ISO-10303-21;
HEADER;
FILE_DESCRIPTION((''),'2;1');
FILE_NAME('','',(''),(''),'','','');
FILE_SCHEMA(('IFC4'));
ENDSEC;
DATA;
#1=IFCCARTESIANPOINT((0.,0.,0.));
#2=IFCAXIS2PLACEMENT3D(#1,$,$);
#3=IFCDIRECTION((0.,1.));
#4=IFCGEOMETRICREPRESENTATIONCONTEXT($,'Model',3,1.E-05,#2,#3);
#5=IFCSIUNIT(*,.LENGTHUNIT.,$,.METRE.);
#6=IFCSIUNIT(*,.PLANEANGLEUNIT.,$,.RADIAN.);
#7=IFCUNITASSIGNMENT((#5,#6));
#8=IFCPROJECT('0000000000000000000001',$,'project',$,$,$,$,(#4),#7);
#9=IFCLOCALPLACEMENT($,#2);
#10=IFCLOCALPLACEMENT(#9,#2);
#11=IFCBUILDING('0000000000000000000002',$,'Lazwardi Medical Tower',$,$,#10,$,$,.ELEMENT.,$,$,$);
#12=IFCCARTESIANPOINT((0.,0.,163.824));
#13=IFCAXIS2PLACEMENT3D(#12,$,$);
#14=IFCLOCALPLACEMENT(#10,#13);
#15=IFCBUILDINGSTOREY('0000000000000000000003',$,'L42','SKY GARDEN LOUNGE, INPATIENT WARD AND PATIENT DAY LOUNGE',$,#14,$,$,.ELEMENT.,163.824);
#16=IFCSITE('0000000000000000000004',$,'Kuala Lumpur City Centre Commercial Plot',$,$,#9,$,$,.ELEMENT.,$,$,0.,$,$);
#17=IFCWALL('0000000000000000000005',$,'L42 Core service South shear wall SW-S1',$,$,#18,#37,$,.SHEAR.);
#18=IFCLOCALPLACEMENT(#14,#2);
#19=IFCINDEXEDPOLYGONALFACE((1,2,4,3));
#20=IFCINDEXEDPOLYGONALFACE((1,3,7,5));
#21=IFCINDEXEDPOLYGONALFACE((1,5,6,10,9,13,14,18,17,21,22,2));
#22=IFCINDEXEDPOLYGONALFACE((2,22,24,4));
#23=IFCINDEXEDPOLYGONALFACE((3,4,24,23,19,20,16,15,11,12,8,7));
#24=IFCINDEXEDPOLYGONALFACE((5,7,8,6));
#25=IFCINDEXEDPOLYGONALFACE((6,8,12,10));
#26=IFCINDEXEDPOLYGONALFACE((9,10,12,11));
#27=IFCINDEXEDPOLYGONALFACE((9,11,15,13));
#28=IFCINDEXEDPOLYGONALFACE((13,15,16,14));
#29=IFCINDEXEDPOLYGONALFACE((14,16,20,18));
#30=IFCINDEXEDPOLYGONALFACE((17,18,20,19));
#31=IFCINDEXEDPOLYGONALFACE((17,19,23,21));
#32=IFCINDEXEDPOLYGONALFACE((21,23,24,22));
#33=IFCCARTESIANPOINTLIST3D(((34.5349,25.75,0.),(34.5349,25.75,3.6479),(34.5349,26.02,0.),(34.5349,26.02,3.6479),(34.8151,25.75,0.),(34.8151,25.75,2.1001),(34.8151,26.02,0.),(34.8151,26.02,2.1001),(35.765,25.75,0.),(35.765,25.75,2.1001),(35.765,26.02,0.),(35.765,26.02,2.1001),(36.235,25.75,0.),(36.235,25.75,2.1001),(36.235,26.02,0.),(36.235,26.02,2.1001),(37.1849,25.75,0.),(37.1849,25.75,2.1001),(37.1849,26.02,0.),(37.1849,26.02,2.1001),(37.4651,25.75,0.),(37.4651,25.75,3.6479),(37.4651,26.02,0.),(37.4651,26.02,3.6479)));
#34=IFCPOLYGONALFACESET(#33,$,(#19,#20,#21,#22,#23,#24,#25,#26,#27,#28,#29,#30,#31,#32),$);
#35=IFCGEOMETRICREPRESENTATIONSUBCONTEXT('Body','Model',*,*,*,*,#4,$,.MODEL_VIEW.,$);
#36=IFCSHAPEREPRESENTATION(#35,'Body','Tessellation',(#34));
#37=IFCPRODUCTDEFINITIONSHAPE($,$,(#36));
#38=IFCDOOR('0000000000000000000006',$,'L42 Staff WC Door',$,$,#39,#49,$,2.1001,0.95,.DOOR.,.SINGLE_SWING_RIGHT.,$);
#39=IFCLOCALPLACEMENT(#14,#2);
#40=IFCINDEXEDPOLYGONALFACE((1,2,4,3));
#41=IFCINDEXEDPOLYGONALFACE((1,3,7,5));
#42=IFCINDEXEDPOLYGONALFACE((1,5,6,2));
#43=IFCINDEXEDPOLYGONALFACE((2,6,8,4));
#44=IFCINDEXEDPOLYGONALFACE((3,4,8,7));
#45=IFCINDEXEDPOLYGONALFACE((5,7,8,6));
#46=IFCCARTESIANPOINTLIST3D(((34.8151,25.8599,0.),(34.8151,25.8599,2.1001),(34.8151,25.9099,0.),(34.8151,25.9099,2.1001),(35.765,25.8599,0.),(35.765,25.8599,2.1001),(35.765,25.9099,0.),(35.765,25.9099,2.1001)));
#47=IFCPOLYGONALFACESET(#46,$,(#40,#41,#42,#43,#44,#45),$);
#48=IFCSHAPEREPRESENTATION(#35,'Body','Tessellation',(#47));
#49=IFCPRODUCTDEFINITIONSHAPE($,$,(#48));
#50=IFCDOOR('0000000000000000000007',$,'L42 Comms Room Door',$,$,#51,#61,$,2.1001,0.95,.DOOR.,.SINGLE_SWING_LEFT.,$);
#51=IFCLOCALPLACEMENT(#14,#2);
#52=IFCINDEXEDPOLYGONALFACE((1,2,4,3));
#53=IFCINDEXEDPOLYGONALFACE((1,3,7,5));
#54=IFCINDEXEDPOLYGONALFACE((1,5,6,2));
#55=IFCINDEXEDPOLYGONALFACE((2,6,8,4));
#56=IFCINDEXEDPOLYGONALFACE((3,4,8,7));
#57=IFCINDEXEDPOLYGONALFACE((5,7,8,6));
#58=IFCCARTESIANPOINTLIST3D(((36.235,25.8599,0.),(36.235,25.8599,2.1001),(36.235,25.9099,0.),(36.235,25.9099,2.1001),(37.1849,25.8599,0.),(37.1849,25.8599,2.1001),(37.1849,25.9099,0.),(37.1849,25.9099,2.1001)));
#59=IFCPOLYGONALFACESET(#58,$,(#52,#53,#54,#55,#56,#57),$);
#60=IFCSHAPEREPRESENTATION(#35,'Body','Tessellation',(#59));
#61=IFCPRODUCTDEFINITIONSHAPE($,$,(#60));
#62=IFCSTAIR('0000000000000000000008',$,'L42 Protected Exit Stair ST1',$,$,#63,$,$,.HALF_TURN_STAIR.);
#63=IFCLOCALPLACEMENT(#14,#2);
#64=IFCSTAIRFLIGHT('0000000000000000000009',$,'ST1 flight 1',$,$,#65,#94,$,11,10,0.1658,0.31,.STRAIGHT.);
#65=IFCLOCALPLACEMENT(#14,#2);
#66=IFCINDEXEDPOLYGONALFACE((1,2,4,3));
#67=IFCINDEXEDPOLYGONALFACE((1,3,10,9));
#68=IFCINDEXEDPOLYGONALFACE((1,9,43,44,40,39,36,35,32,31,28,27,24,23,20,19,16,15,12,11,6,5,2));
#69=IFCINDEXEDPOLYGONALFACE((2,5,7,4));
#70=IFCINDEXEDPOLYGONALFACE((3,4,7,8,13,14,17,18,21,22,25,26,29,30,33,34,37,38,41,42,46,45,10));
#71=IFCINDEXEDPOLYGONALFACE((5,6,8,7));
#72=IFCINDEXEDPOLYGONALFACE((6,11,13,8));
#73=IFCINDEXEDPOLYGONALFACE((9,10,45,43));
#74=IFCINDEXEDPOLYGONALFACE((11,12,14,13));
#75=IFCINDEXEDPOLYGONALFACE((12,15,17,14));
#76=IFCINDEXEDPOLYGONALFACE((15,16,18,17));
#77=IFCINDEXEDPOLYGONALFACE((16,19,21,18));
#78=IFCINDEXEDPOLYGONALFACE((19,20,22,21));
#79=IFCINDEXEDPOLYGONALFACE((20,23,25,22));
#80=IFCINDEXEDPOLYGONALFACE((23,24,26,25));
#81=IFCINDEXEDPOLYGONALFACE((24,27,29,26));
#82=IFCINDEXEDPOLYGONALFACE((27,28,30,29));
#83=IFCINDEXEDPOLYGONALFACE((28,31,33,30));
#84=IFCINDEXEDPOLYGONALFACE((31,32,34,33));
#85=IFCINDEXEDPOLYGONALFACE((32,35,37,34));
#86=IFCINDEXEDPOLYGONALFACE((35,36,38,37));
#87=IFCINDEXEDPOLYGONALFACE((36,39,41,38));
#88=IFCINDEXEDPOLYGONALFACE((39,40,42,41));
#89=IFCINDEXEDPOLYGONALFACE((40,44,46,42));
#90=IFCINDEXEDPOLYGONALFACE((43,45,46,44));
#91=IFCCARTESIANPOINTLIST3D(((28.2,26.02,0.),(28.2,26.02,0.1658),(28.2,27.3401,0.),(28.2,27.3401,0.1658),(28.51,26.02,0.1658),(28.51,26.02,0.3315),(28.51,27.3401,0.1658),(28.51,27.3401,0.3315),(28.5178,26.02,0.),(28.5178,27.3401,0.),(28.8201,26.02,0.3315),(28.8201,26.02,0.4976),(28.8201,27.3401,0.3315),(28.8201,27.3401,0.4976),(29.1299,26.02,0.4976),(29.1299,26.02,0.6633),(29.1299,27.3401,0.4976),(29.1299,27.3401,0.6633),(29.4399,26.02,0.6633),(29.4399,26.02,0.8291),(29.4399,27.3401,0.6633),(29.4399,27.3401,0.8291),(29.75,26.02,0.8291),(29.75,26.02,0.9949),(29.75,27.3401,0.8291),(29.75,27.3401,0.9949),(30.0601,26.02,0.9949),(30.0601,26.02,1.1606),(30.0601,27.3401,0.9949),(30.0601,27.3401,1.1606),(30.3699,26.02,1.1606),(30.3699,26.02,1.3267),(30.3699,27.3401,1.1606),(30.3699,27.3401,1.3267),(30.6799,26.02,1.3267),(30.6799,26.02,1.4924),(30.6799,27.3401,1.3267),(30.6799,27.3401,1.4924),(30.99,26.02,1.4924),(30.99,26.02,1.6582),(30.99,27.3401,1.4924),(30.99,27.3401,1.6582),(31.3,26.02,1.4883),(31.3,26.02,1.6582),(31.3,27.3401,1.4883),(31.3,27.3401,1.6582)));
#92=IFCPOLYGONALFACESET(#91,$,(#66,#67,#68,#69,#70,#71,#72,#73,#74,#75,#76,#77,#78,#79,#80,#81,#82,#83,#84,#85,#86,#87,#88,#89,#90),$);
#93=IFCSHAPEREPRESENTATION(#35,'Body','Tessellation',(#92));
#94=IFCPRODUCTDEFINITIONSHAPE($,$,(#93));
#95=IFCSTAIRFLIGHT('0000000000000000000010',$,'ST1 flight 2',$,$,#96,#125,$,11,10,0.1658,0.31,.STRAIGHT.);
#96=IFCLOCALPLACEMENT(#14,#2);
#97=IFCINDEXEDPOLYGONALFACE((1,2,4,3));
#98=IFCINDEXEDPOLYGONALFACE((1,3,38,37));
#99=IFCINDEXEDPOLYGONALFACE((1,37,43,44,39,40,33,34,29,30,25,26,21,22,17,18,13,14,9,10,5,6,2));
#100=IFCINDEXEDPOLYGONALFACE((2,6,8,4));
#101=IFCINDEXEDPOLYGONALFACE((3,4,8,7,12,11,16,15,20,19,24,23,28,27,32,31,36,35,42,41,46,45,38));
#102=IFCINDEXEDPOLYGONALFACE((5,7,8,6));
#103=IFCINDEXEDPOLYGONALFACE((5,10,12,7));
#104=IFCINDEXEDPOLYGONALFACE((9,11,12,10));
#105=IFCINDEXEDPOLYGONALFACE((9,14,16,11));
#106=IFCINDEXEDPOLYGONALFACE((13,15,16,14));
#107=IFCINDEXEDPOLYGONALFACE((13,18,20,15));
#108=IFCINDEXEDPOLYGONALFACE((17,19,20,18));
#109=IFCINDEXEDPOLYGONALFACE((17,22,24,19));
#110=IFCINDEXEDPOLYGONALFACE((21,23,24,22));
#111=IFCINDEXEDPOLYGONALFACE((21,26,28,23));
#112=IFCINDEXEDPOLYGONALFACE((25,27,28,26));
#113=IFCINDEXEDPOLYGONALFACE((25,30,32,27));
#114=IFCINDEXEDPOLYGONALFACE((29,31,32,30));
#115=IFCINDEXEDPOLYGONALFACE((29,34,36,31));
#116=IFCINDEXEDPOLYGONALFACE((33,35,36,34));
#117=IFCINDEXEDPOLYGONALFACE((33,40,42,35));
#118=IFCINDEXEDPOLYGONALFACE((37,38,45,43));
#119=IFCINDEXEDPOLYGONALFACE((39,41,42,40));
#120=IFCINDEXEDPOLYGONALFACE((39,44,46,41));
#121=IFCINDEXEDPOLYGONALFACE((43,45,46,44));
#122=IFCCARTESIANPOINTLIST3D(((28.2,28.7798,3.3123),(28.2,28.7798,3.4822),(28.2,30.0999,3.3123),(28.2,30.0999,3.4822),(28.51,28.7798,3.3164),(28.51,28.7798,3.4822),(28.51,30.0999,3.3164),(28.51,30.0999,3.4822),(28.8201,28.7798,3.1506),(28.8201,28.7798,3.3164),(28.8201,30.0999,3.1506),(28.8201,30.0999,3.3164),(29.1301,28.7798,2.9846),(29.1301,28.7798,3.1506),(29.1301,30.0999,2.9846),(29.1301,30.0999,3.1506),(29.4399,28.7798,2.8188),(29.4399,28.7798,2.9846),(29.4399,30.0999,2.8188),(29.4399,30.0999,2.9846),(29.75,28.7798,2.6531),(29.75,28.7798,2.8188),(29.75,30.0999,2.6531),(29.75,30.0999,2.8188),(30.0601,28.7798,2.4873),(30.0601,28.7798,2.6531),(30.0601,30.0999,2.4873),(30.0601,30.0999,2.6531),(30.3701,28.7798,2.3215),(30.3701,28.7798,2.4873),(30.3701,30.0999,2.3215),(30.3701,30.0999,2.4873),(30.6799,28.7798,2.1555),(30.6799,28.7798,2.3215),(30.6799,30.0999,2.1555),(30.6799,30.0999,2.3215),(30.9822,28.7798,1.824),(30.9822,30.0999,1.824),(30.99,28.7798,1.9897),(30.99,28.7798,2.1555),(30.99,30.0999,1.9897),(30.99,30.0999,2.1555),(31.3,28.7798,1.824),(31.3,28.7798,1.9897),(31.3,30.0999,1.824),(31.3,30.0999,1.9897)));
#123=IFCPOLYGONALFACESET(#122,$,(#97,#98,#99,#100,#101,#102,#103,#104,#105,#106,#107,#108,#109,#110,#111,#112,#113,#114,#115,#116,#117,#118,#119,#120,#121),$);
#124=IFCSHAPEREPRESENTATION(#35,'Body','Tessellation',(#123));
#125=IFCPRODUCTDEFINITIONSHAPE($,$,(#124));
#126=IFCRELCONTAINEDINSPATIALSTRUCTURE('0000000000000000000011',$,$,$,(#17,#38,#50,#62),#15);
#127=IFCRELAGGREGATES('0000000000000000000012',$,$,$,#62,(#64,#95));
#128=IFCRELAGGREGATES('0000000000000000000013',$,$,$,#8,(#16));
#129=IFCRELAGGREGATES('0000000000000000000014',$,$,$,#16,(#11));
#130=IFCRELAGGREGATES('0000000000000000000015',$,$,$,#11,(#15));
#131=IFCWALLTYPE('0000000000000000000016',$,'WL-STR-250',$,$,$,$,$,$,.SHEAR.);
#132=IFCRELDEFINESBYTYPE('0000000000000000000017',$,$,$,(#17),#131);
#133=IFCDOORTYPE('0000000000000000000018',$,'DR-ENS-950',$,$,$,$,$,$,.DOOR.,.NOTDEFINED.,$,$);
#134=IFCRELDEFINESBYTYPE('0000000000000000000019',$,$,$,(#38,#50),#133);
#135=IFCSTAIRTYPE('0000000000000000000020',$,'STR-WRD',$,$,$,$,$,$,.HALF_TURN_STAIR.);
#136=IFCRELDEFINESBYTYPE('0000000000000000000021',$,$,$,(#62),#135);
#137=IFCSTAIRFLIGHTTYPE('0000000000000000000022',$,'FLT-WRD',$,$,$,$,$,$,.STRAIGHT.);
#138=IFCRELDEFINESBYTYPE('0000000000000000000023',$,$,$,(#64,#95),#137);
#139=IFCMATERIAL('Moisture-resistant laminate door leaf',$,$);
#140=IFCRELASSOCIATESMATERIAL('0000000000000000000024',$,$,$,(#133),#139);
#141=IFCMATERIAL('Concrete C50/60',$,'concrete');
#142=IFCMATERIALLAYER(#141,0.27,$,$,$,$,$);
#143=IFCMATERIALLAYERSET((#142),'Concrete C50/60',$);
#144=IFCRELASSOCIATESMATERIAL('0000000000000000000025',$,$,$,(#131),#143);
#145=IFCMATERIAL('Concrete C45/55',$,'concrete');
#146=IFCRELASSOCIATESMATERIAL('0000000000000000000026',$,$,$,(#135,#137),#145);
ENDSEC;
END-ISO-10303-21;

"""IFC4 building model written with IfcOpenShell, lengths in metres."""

from ifc_helpers import new_model, si_unit, direction, frame, frame_2d, origin, place, context, subcontext, project, spatial, polyline, rectangle, outline, extrude, material, layer, layer_set, type_object, element, fill, aggregate, save


model = new_model("IFC4")

# Units and contexts
model_context = context("Model", 3, precision=1e-05, world=origin(), true_north=direction((0.0, 1.0)))
body_context = subcontext(model_context, "Body", "Model", "MODEL_VIEW")
ifc_project = project(units=[si_unit("LENGTHUNIT", "METRE"), si_unit("PLANEANGLEUNIT", "RADIAN")], contexts=[model_context])

# Site, building, storey
site_placement = place(None, origin())
site = spatial("IfcSite", under=ifc_project, at=site_placement, Name="Kuala Lumpur City Centre Commercial Plot", CompositionType="ELEMENT", RefElevation=0.0)
building_placement = place(site_placement, origin())
building = spatial("IfcBuilding", under=site, at=building_placement, Name="Lazwardi Medical Tower", CompositionType="ELEMENT")
storey_placement = place(building_placement, frame((0.0, 0.0, 163.824)))
storey = spatial("IfcBuildingStorey", under=building, at=storey_placement, Name="L42", Description="SKY GARDEN LOUNGE, INPATIENT WARD AND PATIENT DAY LOUNGE", CompositionType="ELEMENT", Elevation=163.824)

# Shared definitions
ifc_material_1 = material(Name="Moisture-resistant laminate door leaf")
door_type_1 = type_object("IfcDoorType", Name="DR-ENS-950", OperationType="NOTDEFINED", PredefinedType="DOOR", material=ifc_material_1)

# Shared definitions
ifc_material_2 = material(Name="Concrete C50/60", Category="concrete")
ifc_layer_1 = layer(ifc_material_2, 0.27)
ifc_layer_set_1 = layer_set([ifc_layer_1], Name="Concrete C50/60")
wall_type_1 = type_object("IfcWallType", Name="WL-STR-250", PredefinedType="SHEAR", material=ifc_layer_set_1)

# Wall, openings, doors
wall_1_placement = place(storey_placement, frame((34.5349, 25.885, 0.0), z_axis=(0.0, 0.0, 1.0), x_axis=(1.0, 0.0, 0.0)))
wall_1 = element("IfcWall", 1, at=wall_1_placement, inside=storey, type_object=wall_type_1, Name="L42 Core service South shear wall SW-S1", PredefinedType="SHEAR", context=body_context, shape_type="SweptSolid", body=[
    extrude(rectangle(XDim=2.9302, YDim=0.27, at=frame_2d((1.4651, 0.0))), origin(), (0.0, 0.0, 1.0), 3.6479),
])
opening_1_placement = place(wall_1_placement, frame((0.28, 0.0, 0.0)))
opening_1 = element("IfcOpeningElement", 2, at=opening_1_placement, cuts=wall_1, PredefinedType="OPENING", context=body_context, shape_type="SweptSolid", body=[
    extrude(rectangle(XDim=0.95, YDim=2.1001, at=frame_2d((0.4751, 1.05))), frame((0.0, 0.145, 0.0), z_axis=(0.0, -1.0, 0.0), x_axis=(1.0, 0.0, 0.0)), (0.0, 0.0, 1.0), 0.29),
])
opening_2_placement = place(wall_1_placement, frame((1.7, 0.0, 0.0)))
opening_2 = element("IfcOpeningElement", 3, at=opening_2_placement, cuts=wall_1, PredefinedType="OPENING", context=body_context, shape_type="SweptSolid", body=[
    extrude(rectangle(XDim=0.95, YDim=2.1001, at=frame_2d((0.4751, 1.05))), frame((0.0, 0.145, 0.0), z_axis=(0.0, -1.0, 0.0), x_axis=(1.0, 0.0, 0.0)), (0.0, 0.0, 1.0), 0.29),
])
door_1_placement = place(opening_1_placement, origin())
door_1 = element("IfcDoor", 4, at=door_1_placement, inside=storey, type_object=door_type_1, Name="L42 Staff WC Door", OperationType="SINGLE_SWING_RIGHT", OverallHeight=2.1001, OverallWidth=0.95, PredefinedType="DOOR", context=body_context, shape_type="SweptSolid", body=[
    extrude(rectangle(XDim=0.95, YDim=2.1001, at=frame_2d((0.4751, 1.05))), frame((0.0, 0.0249, 0.0), z_axis=(0.0, -1.0, 0.0), x_axis=(1.0, 0.0, 0.0)), (0.0, 0.0, 1.0), 0.05),
])
fill(opening_1, door_1)
door_2_placement = place(opening_2_placement, origin())
door_2 = element("IfcDoor", 5, at=door_2_placement, inside=storey, type_object=door_type_1, Name="L42 Comms Room Door", OperationType="SINGLE_SWING_LEFT", OverallHeight=2.1001, OverallWidth=0.95, PredefinedType="DOOR", context=body_context, shape_type="SweptSolid", body=[
    extrude(rectangle(XDim=0.95, YDim=2.1001, at=frame_2d((0.4751, 1.05))), frame((0.0, 0.0249, 0.0), z_axis=(0.0, -1.0, 0.0), x_axis=(1.0, 0.0, 0.0)), (0.0, 0.0, 1.0), 0.05),
])
fill(opening_2, door_2)

# Stair, stair flights
ifc_material_3 = material(Name="Concrete C45/55", Category="concrete")
stair_type = type_object("IfcStairType", Name="STR-WRD", PredefinedType="HALF_TURN_STAIR", material=ifc_material_3)
stair_placement = place(storey_placement, origin())
stair = element("IfcStair", 6, at=stair_placement, inside=storey, type_object=stair_type, Name="L42 Protected Exit Stair ST1", PredefinedType="HALF_TURN_STAIR")
stair_flight_type = type_object("IfcStairFlightType", Name="FLT-WRD", PredefinedType="STRAIGHT", material=ifc_material_3)
stair_flight_1_placement = place(storey_placement, frame((28.2, 26.6799, 0.0), z_axis=(0.0, 0.0, 1.0), x_axis=(1.0, 0.0, 0.0)))
stair_flight_1 = element("IfcStairFlight", 7, at=stair_flight_1_placement, type_object=stair_flight_type, Name="ST1 flight 1", NumberOfRisers=11, NumberOfTreads=10, PredefinedType="STRAIGHT", RiserHeight=0.1658, TreadLength=0.31, context=body_context, shape_type="SweptSolid", body=[
    extrude(outline(polyline([(0.0, 0.0), (0.0, 0.1658), (0.3101, 0.1658), (0.3101, 0.3315), (0.6201, 0.3315), (0.6201, 0.4976), (0.9299, 0.4976), (0.9299, 0.6633), (1.24, 0.6633), (1.24, 0.8291), (1.55, 0.8291), (1.55, 0.9949), (1.8601, 0.9949), (1.8601, 1.1606), (2.1699, 1.1606), (2.1699, 1.3267), (2.48, 1.3267), (2.48, 1.4924), (2.79, 1.4924), (2.79, 1.6582), (3.1001, 1.6582), (3.1001, 1.824), (3.1001, 1.4883), (0.3179, 0.0), (0.0, 0.0)])), frame((0.0, 0.6602, 0.0), z_axis=(0.0, -1.0, 0.0), x_axis=(1.0, 0.0, 0.0)), (0.0, 0.0, 1.0), 1.3201),
])
stair_flight_2_placement = place(storey_placement, frame((31.3, 29.4399, 1.824), z_axis=(0.0, 0.0, 1.0), x_axis=(-1.0, 0.0, 0.0)))
stair_flight_2 = element("IfcStairFlight", 8, at=stair_flight_2_placement, type_object=stair_flight_type, Name="ST1 flight 2", NumberOfRisers=11, NumberOfTreads=10, PredefinedType="STRAIGHT", RiserHeight=0.1658, TreadLength=0.31, context=body_context, shape_type="SweptSolid", body=[
    extrude(outline(polyline([(0.0, 0.0), (0.0, 0.1658), (0.3101, 0.1658), (0.3101, 0.3315), (0.6201, 0.3315), (0.6201, 0.4976), (0.9299, 0.4976), (0.9299, 0.6633), (1.24, 0.6633), (1.24, 0.8291), (1.55, 0.8291), (1.55, 0.9949), (1.8601, 0.9949), (1.8601, 1.1606), (2.1699, 1.1606), (2.1699, 1.3267), (2.48, 1.3267), (2.48, 1.4924), (2.79, 1.4924), (2.79, 1.6582), (3.1001, 1.6582), (3.1001, 1.824), (3.1001, 1.4883), (0.3179, 0.0), (0.0, 0.0)])), frame((0.0, 0.6602, 0.0), z_axis=(0.0, -1.0, 0.0), x_axis=(1.0, 0.0, 0.0)), (0.0, 0.0, 1.0), 1.3201),
])
aggregate(stair, [stair_flight_1, stair_flight_2])

save(model, "model.ifc")
